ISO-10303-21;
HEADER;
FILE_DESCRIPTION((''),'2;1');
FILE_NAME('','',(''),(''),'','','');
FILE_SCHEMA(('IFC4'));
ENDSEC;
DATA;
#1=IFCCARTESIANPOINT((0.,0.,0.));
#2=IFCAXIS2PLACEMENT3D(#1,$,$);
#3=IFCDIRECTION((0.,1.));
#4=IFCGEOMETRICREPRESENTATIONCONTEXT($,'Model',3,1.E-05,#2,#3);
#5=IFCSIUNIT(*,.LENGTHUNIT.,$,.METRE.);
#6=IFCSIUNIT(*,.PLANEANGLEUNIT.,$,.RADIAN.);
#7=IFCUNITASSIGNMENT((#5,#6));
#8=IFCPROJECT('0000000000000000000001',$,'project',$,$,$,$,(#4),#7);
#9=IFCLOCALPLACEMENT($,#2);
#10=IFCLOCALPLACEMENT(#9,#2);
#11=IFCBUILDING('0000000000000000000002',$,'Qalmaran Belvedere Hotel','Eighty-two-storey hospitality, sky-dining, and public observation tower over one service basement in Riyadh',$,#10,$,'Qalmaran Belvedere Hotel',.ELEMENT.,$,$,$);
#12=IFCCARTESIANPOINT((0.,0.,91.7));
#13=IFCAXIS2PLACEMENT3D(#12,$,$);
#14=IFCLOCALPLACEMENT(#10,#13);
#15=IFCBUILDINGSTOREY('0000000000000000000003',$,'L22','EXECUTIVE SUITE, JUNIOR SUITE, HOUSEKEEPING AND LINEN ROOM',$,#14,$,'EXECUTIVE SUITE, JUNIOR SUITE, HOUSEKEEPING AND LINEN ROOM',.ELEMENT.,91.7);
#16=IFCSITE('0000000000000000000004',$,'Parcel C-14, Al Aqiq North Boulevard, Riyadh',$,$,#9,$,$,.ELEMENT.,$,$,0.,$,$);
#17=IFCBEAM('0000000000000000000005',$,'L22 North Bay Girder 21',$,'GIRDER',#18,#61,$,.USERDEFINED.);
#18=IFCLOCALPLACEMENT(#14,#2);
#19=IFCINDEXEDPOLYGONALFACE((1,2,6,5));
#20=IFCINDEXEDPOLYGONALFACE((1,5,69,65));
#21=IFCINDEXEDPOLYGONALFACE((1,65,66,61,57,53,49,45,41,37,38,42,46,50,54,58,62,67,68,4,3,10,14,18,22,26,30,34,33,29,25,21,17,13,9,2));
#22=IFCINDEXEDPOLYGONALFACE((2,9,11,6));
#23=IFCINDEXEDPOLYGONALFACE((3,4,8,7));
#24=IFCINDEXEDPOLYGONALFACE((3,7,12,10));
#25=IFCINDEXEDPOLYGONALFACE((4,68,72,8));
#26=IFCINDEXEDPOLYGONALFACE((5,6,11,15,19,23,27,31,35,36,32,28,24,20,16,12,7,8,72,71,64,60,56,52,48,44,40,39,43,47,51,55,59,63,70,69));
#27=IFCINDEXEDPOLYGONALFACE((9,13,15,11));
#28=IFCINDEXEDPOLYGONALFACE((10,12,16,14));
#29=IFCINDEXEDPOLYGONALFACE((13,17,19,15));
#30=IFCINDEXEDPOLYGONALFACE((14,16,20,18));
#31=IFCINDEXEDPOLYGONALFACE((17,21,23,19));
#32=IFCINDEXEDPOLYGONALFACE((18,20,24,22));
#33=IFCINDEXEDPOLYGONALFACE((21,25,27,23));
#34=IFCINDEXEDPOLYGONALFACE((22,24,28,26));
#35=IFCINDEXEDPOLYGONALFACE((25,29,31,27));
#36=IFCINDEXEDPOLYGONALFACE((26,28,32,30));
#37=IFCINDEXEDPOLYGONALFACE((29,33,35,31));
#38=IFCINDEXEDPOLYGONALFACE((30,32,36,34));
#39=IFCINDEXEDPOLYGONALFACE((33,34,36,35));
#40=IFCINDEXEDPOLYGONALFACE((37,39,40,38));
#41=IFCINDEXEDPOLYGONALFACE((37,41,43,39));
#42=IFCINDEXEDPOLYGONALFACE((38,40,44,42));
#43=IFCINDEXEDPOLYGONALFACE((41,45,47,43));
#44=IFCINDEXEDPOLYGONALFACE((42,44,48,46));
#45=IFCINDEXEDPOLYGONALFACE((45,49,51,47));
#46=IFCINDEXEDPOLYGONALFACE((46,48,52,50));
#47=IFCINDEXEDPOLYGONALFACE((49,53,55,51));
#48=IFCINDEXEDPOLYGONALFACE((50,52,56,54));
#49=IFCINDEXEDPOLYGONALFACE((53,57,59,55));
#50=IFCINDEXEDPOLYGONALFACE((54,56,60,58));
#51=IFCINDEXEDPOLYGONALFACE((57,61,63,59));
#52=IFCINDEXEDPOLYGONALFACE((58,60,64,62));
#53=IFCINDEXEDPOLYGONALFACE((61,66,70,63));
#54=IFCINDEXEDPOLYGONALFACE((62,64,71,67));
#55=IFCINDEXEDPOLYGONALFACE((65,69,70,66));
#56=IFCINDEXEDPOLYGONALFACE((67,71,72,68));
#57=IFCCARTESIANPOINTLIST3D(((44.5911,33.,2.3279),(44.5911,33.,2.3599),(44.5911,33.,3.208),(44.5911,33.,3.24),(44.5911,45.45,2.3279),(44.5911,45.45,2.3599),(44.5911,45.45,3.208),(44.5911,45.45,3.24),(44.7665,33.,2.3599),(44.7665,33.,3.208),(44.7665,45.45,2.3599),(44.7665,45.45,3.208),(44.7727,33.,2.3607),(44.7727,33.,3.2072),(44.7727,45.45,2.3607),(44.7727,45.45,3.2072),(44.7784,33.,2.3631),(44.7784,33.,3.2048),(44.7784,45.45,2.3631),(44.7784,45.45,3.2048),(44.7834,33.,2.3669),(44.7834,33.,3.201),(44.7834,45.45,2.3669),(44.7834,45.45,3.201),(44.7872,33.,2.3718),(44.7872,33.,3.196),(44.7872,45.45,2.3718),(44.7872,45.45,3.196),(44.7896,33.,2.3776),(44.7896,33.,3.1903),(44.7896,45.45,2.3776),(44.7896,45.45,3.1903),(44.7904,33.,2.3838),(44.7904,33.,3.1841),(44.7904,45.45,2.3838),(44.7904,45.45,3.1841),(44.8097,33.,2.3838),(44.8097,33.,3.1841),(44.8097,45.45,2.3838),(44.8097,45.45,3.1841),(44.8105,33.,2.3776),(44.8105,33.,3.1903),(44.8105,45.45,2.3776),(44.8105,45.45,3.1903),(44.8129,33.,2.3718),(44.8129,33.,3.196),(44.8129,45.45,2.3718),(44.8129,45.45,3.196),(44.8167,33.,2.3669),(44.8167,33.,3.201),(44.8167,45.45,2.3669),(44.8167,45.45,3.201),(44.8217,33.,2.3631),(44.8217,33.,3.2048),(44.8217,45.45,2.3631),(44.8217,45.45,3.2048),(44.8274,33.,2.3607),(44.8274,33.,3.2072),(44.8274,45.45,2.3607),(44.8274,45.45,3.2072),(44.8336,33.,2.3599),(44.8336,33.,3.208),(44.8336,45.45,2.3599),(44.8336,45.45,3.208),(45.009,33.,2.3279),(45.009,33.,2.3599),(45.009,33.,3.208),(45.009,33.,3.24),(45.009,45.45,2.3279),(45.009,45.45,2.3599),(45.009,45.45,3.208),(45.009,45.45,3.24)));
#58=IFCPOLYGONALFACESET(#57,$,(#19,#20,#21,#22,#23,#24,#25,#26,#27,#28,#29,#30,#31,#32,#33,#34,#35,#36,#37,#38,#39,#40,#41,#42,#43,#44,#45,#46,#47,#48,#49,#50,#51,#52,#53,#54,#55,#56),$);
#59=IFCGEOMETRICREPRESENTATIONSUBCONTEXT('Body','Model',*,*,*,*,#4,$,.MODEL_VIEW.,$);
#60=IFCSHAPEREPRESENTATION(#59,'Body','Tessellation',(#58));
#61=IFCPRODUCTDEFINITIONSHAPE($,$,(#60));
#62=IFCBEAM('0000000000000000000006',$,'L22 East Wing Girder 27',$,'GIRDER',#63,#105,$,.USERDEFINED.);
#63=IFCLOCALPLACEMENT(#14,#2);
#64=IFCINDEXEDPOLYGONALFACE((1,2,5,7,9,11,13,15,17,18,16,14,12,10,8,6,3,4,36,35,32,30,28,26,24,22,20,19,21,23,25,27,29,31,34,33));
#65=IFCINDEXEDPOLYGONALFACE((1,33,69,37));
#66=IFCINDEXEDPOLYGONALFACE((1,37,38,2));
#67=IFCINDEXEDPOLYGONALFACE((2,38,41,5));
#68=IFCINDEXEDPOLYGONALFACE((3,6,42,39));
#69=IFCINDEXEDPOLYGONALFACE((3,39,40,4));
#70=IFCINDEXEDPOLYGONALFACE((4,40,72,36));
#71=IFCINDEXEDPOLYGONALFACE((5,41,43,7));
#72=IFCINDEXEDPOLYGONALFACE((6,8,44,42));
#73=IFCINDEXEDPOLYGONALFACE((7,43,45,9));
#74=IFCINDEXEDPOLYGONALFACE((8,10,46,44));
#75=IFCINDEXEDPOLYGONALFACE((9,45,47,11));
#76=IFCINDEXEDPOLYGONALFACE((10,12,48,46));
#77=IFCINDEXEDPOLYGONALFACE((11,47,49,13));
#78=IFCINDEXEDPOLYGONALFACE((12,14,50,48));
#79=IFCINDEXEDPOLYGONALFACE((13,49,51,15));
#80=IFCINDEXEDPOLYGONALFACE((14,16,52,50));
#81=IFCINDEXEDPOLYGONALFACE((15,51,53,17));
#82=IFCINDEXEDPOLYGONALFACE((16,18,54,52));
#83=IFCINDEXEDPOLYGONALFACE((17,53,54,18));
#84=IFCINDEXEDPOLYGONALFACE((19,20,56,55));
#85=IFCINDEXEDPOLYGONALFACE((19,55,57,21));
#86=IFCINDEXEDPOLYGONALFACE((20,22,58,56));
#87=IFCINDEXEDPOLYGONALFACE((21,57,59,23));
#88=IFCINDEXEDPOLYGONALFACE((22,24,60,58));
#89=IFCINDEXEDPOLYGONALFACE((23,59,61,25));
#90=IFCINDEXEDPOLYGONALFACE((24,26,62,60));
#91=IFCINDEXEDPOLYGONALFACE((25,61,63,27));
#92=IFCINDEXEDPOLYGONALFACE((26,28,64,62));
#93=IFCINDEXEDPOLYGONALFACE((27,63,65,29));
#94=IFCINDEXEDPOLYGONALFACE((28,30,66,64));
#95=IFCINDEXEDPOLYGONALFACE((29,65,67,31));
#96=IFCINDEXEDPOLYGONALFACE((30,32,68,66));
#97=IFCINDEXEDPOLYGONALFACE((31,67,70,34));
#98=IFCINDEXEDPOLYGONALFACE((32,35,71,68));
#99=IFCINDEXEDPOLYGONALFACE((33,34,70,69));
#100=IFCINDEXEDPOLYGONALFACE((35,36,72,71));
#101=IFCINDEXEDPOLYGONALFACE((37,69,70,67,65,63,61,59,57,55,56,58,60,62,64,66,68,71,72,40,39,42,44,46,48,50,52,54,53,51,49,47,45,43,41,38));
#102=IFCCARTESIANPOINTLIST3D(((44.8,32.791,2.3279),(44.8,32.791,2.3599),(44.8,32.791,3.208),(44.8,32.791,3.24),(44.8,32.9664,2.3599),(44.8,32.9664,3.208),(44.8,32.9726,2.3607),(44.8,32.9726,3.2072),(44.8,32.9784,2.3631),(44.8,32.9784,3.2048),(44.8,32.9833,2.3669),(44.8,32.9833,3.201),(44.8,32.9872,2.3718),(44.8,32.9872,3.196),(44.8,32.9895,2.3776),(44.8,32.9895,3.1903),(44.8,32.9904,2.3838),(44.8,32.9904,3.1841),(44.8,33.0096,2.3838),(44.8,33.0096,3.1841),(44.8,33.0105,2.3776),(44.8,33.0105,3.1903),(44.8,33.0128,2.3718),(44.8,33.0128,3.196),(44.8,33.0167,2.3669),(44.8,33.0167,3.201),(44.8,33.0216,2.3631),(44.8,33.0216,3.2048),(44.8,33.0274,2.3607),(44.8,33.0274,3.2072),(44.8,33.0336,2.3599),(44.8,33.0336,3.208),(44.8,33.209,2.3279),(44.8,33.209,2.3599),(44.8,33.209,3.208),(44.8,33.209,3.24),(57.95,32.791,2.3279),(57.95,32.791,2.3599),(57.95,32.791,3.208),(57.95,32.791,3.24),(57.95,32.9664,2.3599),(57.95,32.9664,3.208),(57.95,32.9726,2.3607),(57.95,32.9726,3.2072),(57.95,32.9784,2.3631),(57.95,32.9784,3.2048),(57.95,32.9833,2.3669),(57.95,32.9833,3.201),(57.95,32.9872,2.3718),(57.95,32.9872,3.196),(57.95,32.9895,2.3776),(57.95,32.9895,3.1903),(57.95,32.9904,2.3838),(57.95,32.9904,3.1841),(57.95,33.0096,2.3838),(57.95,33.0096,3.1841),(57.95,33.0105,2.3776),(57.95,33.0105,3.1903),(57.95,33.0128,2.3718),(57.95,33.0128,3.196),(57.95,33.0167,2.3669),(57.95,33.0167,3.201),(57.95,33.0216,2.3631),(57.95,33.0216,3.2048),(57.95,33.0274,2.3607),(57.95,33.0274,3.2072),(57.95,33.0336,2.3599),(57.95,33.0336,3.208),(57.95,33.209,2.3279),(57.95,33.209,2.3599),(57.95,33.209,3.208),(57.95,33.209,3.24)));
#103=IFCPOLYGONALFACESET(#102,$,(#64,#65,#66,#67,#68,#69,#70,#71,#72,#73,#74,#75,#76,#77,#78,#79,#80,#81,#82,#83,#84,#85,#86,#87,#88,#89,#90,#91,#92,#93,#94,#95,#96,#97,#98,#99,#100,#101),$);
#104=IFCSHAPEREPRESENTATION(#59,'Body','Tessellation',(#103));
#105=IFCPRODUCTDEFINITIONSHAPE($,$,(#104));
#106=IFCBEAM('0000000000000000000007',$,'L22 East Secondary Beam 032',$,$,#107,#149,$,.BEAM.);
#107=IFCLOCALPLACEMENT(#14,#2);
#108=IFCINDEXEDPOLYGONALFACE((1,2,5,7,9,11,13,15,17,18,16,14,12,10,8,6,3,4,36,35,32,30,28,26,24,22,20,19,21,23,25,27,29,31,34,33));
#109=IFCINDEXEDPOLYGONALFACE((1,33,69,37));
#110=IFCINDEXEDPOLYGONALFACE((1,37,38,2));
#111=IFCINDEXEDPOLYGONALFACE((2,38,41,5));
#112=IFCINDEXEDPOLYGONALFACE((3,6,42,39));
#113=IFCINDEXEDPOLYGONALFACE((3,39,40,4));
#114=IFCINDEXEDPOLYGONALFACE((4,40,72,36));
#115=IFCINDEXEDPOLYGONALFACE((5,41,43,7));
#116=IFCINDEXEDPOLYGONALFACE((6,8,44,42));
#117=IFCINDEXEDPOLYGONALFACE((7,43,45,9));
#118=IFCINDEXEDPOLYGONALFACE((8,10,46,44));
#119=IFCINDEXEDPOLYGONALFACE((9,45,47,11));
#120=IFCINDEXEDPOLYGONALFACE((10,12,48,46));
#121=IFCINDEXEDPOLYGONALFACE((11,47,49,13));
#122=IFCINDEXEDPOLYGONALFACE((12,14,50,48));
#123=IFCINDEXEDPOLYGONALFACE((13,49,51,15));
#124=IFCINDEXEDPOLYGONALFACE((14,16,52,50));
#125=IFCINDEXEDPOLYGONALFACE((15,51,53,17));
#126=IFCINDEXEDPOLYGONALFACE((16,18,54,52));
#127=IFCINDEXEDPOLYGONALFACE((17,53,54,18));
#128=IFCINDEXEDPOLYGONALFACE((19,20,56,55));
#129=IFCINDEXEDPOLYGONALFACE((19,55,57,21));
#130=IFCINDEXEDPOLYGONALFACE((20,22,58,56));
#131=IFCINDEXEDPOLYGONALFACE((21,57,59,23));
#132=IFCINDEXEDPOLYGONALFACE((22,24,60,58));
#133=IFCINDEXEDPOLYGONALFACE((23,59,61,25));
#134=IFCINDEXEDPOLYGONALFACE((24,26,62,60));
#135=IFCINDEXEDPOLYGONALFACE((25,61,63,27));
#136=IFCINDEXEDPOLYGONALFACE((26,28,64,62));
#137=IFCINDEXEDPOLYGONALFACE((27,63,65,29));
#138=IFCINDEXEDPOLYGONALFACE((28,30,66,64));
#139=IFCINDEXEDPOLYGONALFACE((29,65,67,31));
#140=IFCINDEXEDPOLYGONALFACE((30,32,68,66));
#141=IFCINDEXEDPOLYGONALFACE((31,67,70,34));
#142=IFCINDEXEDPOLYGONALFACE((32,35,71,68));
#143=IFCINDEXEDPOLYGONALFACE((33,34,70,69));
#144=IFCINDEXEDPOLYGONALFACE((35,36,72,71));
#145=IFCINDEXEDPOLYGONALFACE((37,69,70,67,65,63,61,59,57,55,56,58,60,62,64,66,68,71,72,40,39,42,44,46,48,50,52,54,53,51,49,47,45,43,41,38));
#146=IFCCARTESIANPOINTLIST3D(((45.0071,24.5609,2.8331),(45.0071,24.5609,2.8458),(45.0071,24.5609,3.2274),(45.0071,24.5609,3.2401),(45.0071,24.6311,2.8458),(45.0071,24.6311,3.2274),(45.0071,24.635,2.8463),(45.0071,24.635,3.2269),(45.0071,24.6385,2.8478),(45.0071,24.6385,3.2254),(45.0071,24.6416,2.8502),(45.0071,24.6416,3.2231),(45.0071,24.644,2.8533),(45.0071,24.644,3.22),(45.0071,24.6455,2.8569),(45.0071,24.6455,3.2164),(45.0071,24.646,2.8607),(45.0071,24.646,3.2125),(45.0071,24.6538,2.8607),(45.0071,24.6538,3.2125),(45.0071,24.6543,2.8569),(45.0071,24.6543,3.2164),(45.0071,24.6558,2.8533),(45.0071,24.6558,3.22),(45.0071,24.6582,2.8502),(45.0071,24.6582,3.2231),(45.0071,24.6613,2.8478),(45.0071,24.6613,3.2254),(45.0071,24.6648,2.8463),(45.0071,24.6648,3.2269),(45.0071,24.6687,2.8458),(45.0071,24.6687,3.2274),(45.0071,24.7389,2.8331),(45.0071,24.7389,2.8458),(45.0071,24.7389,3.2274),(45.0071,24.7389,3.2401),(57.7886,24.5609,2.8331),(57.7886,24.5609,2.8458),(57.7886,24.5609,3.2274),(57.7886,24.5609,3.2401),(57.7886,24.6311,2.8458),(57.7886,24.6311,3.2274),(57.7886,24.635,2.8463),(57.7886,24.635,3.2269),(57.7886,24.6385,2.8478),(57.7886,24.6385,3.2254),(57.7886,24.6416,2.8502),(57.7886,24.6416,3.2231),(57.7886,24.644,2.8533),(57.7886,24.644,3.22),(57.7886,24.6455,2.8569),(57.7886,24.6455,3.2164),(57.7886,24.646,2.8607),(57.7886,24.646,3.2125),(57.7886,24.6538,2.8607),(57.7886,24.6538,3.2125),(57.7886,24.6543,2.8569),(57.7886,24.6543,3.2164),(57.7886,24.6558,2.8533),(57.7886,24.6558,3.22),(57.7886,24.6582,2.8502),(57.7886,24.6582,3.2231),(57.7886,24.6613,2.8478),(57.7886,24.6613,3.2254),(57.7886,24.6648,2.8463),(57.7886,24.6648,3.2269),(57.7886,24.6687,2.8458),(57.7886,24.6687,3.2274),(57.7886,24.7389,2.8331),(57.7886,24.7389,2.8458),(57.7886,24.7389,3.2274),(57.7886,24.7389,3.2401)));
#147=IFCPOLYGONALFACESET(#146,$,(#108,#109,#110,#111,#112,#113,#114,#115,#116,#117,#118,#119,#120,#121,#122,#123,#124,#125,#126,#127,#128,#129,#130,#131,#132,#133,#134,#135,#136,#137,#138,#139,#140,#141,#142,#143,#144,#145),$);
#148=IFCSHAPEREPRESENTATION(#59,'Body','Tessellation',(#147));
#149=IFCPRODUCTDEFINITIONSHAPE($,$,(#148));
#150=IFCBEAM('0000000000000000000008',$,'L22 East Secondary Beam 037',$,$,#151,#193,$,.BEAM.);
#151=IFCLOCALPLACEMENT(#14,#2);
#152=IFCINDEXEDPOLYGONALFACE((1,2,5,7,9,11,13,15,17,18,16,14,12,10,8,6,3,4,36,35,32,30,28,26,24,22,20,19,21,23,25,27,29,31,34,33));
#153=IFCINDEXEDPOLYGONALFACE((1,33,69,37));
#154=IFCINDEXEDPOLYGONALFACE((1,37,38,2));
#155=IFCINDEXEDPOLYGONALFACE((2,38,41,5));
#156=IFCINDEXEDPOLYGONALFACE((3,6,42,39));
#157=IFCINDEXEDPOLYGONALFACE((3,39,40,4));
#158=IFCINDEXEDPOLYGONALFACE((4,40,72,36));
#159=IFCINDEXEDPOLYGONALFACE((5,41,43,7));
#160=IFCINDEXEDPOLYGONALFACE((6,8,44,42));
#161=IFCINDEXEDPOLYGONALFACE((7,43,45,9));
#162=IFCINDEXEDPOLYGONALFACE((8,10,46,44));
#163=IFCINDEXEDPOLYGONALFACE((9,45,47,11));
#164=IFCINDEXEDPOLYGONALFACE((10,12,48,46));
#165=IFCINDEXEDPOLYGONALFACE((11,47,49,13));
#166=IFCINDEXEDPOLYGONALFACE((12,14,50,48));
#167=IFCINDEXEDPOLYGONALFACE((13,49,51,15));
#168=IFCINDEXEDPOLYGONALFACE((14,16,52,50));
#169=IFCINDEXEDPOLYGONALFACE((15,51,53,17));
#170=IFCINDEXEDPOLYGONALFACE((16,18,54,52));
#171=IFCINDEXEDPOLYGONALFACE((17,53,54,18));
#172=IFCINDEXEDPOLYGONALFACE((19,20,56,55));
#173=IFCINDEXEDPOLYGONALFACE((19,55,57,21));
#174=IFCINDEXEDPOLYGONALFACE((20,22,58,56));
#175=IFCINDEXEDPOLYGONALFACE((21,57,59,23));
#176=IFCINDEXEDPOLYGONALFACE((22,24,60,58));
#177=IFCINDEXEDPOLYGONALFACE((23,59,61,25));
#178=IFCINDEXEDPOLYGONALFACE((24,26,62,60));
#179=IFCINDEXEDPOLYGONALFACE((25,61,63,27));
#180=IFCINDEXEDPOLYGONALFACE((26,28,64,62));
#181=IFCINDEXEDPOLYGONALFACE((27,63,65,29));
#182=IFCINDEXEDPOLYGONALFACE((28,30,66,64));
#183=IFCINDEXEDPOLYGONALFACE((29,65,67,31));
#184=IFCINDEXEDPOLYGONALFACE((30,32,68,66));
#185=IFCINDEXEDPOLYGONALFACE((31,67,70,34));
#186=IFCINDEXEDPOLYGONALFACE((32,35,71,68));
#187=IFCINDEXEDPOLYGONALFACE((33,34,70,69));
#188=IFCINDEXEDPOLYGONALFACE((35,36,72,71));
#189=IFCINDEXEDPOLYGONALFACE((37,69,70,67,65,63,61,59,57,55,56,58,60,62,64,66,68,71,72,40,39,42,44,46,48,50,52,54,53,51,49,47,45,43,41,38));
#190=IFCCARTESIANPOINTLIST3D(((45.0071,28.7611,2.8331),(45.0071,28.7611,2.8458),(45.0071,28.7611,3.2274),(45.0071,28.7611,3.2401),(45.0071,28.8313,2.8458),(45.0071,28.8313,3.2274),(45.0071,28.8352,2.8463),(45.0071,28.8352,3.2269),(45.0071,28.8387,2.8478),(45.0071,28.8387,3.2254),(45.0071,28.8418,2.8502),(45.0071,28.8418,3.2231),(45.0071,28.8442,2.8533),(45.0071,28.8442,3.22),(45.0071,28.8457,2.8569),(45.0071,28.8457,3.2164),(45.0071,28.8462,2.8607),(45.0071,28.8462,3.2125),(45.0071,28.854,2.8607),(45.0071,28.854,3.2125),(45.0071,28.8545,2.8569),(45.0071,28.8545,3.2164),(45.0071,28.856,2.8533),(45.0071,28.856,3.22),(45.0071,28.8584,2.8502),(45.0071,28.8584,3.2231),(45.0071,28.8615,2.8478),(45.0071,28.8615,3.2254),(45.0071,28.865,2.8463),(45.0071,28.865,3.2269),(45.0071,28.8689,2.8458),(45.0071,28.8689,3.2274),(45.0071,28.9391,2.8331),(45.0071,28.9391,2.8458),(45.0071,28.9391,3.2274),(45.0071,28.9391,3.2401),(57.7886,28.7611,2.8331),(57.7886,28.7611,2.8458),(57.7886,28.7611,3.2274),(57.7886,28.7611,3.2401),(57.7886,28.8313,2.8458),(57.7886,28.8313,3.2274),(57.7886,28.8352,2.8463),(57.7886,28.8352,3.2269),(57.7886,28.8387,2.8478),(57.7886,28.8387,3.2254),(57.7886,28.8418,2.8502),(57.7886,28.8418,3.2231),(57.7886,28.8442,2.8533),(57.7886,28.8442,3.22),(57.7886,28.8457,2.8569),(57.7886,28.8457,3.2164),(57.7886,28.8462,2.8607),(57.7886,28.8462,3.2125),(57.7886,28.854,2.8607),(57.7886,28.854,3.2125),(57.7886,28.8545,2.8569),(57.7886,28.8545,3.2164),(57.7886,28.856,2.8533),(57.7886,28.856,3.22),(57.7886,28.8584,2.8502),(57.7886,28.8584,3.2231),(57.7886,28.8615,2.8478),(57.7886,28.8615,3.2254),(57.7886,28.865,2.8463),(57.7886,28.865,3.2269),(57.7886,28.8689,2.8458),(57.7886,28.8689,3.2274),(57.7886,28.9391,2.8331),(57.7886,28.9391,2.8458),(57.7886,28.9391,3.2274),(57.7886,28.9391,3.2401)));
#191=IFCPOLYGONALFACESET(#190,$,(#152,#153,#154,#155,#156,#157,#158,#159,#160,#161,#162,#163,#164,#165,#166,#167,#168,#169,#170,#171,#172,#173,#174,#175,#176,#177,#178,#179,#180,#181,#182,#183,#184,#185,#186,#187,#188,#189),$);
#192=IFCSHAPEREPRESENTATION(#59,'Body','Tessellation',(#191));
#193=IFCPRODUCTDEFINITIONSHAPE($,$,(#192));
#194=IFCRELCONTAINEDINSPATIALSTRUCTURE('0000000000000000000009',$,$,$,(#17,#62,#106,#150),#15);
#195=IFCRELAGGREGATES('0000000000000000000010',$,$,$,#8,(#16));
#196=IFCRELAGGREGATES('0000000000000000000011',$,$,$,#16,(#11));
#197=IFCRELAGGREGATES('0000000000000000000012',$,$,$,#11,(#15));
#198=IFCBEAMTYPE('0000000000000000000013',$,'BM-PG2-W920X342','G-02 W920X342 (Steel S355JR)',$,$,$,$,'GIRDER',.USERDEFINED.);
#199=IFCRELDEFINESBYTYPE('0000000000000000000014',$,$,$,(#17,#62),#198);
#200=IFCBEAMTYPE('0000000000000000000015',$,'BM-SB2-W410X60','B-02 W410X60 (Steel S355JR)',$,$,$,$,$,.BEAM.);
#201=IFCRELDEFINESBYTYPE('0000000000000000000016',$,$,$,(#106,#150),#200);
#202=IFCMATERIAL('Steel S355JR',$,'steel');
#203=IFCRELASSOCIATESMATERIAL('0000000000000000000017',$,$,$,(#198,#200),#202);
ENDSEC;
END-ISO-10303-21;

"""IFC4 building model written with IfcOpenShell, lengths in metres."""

from ifc_helpers import new_model, si_unit, direction, frame, origin, origin_2d, place, context, subcontext, project, spatial, i_section, extrude, material, material_profile, profile_set, type_object, element, save


model = new_model("IFC4")

# Units and contexts
model_context = context("Model", 3, precision=1e-05, world=origin(), true_north=direction((0.0, 1.0)))
body_context = subcontext(model_context, "Body", "Model", "MODEL_VIEW")
ifc_project = project(units=[si_unit("LENGTHUNIT", "METRE"), si_unit("PLANEANGLEUNIT", "RADIAN")], contexts=[model_context])

# Site, building, storey
site_placement = place(None, origin())
site = spatial("IfcSite", under=ifc_project, at=site_placement, Name="Parcel C-14, Al Aqiq North Boulevard, Riyadh", CompositionType="ELEMENT", RefElevation=0.0)
building_placement = place(site_placement, origin())
building = spatial("IfcBuilding", under=site, at=building_placement, Name="Qalmaran Belvedere Hotel", Description="Eighty-two-storey hospitality, sky-dining, and public observation tower over one service basement in Riyadh", LongName="Qalmaran Belvedere Hotel", CompositionType="ELEMENT")
storey_placement = place(building_placement, frame((0.0, 0.0, 91.7)))
storey = spatial("IfcBuildingStorey", under=building, at=storey_placement, Name="L22", Description="EXECUTIVE SUITE, JUNIOR SUITE, HOUSEKEEPING AND LINEN ROOM", LongName="EXECUTIVE SUITE, JUNIOR SUITE, HOUSEKEEPING AND LINEN ROOM", CompositionType="ELEMENT", Elevation=91.7)

# Beams
ifc_material_1 = material(Name="Steel S355JR", Category="steel")
ifc_material_profile_1 = material_profile(ifc_material_1, i_section(OverallWidth=0.418, OverallDepth=0.9121, WebThickness=0.0193, FlangeThickness=0.032, FilletRadius=0.0239, at=origin_2d()), Name="W920X342")
ifc_profile_set_1 = profile_set([ifc_material_profile_1], Name="Steel S355JR")
beam_type_1 = type_object("IfcBeamType", Name="BM-PG2-W920X342", Description="G-02 W920X342 (Steel S355JR)", ElementType="GIRDER", PredefinedType="USERDEFINED", material=ifc_profile_set_1)
beam_1_placement = place(storey_placement, frame((44.8, 33.0, 2.7839), z_axis=(0.0, 1.0, 0.0), x_axis=(-1.0, 0.0, 0.0)))
element("IfcBeam", 1, at=beam_1_placement, inside=storey, type_object=beam_type_1, Name="L22 North Bay Girder 21", ObjectType="GIRDER", PredefinedType="USERDEFINED", context=body_context, shape_type="SweptSolid", body=[
    extrude(i_section(OverallWidth=0.418, OverallDepth=0.9121, WebThickness=0.0193, FlangeThickness=0.032, FilletRadius=0.0239, at=origin_2d()), origin(), (0.0, 0.0, 1.0), 12.45),
])
beam_2_placement = place(storey_placement, frame((44.8, 33.0, 2.7839), z_axis=(1.0, 0.0, 0.0), x_axis=(0.0, 1.0, 0.0)))
element("IfcBeam", 2, at=beam_2_placement, inside=storey, type_object=beam_type_1, Name="L22 East Wing Girder 27", ObjectType="GIRDER", PredefinedType="USERDEFINED", context=body_context, shape_type="SweptSolid", body=[
    extrude(i_section(OverallWidth=0.418, OverallDepth=0.9121, WebThickness=0.0193, FlangeThickness=0.032, FilletRadius=0.0239, at=origin_2d()), origin(), (0.0, 0.0, 1.0), 13.1499),
])
ifc_material_profile_2 = material_profile(ifc_material_1, i_section(OverallWidth=0.178, OverallDepth=0.407, WebThickness=0.0078, FlangeThickness=0.0127, FilletRadius=0.0149, at=origin_2d()), Name="W410X60")
ifc_profile_set_2 = profile_set([ifc_material_profile_2], Name="Steel S355JR")
beam_type_2 = type_object("IfcBeamType", Name="BM-SB2-W410X60", Description="B-02 W410X60 (Steel S355JR)", PredefinedType="BEAM", material=ifc_profile_set_2)
for number, where, z_axis, x_axis, name in (
    (3, (45.0071, 24.6499, 3.0366), (1.0, 0.0, 0.0), (0.0, 1.0, 0.0), "L22 East Secondary Beam 032"),
    (4, (45.0071, 28.8501, 3.0366), (1.0, 0.0, 0.0), (0.0, 1.0, 0.0), "L22 East Secondary Beam 037"),
):
    element("IfcBeam", number, at=place(storey_placement, frame(where, z_axis=z_axis, x_axis=x_axis)), inside=storey, type_object=beam_type_2, Name=name, PredefinedType="BEAM", context=body_context, shape_type="SweptSolid", body=[
        extrude(i_section(OverallWidth=0.178, OverallDepth=0.407, WebThickness=0.0078, FlangeThickness=0.0127, FilletRadius=0.0149, at=origin_2d()), origin(), (0.0, 0.0, 1.0), 12.7815),
    ])

save(model, "model.ifc")
